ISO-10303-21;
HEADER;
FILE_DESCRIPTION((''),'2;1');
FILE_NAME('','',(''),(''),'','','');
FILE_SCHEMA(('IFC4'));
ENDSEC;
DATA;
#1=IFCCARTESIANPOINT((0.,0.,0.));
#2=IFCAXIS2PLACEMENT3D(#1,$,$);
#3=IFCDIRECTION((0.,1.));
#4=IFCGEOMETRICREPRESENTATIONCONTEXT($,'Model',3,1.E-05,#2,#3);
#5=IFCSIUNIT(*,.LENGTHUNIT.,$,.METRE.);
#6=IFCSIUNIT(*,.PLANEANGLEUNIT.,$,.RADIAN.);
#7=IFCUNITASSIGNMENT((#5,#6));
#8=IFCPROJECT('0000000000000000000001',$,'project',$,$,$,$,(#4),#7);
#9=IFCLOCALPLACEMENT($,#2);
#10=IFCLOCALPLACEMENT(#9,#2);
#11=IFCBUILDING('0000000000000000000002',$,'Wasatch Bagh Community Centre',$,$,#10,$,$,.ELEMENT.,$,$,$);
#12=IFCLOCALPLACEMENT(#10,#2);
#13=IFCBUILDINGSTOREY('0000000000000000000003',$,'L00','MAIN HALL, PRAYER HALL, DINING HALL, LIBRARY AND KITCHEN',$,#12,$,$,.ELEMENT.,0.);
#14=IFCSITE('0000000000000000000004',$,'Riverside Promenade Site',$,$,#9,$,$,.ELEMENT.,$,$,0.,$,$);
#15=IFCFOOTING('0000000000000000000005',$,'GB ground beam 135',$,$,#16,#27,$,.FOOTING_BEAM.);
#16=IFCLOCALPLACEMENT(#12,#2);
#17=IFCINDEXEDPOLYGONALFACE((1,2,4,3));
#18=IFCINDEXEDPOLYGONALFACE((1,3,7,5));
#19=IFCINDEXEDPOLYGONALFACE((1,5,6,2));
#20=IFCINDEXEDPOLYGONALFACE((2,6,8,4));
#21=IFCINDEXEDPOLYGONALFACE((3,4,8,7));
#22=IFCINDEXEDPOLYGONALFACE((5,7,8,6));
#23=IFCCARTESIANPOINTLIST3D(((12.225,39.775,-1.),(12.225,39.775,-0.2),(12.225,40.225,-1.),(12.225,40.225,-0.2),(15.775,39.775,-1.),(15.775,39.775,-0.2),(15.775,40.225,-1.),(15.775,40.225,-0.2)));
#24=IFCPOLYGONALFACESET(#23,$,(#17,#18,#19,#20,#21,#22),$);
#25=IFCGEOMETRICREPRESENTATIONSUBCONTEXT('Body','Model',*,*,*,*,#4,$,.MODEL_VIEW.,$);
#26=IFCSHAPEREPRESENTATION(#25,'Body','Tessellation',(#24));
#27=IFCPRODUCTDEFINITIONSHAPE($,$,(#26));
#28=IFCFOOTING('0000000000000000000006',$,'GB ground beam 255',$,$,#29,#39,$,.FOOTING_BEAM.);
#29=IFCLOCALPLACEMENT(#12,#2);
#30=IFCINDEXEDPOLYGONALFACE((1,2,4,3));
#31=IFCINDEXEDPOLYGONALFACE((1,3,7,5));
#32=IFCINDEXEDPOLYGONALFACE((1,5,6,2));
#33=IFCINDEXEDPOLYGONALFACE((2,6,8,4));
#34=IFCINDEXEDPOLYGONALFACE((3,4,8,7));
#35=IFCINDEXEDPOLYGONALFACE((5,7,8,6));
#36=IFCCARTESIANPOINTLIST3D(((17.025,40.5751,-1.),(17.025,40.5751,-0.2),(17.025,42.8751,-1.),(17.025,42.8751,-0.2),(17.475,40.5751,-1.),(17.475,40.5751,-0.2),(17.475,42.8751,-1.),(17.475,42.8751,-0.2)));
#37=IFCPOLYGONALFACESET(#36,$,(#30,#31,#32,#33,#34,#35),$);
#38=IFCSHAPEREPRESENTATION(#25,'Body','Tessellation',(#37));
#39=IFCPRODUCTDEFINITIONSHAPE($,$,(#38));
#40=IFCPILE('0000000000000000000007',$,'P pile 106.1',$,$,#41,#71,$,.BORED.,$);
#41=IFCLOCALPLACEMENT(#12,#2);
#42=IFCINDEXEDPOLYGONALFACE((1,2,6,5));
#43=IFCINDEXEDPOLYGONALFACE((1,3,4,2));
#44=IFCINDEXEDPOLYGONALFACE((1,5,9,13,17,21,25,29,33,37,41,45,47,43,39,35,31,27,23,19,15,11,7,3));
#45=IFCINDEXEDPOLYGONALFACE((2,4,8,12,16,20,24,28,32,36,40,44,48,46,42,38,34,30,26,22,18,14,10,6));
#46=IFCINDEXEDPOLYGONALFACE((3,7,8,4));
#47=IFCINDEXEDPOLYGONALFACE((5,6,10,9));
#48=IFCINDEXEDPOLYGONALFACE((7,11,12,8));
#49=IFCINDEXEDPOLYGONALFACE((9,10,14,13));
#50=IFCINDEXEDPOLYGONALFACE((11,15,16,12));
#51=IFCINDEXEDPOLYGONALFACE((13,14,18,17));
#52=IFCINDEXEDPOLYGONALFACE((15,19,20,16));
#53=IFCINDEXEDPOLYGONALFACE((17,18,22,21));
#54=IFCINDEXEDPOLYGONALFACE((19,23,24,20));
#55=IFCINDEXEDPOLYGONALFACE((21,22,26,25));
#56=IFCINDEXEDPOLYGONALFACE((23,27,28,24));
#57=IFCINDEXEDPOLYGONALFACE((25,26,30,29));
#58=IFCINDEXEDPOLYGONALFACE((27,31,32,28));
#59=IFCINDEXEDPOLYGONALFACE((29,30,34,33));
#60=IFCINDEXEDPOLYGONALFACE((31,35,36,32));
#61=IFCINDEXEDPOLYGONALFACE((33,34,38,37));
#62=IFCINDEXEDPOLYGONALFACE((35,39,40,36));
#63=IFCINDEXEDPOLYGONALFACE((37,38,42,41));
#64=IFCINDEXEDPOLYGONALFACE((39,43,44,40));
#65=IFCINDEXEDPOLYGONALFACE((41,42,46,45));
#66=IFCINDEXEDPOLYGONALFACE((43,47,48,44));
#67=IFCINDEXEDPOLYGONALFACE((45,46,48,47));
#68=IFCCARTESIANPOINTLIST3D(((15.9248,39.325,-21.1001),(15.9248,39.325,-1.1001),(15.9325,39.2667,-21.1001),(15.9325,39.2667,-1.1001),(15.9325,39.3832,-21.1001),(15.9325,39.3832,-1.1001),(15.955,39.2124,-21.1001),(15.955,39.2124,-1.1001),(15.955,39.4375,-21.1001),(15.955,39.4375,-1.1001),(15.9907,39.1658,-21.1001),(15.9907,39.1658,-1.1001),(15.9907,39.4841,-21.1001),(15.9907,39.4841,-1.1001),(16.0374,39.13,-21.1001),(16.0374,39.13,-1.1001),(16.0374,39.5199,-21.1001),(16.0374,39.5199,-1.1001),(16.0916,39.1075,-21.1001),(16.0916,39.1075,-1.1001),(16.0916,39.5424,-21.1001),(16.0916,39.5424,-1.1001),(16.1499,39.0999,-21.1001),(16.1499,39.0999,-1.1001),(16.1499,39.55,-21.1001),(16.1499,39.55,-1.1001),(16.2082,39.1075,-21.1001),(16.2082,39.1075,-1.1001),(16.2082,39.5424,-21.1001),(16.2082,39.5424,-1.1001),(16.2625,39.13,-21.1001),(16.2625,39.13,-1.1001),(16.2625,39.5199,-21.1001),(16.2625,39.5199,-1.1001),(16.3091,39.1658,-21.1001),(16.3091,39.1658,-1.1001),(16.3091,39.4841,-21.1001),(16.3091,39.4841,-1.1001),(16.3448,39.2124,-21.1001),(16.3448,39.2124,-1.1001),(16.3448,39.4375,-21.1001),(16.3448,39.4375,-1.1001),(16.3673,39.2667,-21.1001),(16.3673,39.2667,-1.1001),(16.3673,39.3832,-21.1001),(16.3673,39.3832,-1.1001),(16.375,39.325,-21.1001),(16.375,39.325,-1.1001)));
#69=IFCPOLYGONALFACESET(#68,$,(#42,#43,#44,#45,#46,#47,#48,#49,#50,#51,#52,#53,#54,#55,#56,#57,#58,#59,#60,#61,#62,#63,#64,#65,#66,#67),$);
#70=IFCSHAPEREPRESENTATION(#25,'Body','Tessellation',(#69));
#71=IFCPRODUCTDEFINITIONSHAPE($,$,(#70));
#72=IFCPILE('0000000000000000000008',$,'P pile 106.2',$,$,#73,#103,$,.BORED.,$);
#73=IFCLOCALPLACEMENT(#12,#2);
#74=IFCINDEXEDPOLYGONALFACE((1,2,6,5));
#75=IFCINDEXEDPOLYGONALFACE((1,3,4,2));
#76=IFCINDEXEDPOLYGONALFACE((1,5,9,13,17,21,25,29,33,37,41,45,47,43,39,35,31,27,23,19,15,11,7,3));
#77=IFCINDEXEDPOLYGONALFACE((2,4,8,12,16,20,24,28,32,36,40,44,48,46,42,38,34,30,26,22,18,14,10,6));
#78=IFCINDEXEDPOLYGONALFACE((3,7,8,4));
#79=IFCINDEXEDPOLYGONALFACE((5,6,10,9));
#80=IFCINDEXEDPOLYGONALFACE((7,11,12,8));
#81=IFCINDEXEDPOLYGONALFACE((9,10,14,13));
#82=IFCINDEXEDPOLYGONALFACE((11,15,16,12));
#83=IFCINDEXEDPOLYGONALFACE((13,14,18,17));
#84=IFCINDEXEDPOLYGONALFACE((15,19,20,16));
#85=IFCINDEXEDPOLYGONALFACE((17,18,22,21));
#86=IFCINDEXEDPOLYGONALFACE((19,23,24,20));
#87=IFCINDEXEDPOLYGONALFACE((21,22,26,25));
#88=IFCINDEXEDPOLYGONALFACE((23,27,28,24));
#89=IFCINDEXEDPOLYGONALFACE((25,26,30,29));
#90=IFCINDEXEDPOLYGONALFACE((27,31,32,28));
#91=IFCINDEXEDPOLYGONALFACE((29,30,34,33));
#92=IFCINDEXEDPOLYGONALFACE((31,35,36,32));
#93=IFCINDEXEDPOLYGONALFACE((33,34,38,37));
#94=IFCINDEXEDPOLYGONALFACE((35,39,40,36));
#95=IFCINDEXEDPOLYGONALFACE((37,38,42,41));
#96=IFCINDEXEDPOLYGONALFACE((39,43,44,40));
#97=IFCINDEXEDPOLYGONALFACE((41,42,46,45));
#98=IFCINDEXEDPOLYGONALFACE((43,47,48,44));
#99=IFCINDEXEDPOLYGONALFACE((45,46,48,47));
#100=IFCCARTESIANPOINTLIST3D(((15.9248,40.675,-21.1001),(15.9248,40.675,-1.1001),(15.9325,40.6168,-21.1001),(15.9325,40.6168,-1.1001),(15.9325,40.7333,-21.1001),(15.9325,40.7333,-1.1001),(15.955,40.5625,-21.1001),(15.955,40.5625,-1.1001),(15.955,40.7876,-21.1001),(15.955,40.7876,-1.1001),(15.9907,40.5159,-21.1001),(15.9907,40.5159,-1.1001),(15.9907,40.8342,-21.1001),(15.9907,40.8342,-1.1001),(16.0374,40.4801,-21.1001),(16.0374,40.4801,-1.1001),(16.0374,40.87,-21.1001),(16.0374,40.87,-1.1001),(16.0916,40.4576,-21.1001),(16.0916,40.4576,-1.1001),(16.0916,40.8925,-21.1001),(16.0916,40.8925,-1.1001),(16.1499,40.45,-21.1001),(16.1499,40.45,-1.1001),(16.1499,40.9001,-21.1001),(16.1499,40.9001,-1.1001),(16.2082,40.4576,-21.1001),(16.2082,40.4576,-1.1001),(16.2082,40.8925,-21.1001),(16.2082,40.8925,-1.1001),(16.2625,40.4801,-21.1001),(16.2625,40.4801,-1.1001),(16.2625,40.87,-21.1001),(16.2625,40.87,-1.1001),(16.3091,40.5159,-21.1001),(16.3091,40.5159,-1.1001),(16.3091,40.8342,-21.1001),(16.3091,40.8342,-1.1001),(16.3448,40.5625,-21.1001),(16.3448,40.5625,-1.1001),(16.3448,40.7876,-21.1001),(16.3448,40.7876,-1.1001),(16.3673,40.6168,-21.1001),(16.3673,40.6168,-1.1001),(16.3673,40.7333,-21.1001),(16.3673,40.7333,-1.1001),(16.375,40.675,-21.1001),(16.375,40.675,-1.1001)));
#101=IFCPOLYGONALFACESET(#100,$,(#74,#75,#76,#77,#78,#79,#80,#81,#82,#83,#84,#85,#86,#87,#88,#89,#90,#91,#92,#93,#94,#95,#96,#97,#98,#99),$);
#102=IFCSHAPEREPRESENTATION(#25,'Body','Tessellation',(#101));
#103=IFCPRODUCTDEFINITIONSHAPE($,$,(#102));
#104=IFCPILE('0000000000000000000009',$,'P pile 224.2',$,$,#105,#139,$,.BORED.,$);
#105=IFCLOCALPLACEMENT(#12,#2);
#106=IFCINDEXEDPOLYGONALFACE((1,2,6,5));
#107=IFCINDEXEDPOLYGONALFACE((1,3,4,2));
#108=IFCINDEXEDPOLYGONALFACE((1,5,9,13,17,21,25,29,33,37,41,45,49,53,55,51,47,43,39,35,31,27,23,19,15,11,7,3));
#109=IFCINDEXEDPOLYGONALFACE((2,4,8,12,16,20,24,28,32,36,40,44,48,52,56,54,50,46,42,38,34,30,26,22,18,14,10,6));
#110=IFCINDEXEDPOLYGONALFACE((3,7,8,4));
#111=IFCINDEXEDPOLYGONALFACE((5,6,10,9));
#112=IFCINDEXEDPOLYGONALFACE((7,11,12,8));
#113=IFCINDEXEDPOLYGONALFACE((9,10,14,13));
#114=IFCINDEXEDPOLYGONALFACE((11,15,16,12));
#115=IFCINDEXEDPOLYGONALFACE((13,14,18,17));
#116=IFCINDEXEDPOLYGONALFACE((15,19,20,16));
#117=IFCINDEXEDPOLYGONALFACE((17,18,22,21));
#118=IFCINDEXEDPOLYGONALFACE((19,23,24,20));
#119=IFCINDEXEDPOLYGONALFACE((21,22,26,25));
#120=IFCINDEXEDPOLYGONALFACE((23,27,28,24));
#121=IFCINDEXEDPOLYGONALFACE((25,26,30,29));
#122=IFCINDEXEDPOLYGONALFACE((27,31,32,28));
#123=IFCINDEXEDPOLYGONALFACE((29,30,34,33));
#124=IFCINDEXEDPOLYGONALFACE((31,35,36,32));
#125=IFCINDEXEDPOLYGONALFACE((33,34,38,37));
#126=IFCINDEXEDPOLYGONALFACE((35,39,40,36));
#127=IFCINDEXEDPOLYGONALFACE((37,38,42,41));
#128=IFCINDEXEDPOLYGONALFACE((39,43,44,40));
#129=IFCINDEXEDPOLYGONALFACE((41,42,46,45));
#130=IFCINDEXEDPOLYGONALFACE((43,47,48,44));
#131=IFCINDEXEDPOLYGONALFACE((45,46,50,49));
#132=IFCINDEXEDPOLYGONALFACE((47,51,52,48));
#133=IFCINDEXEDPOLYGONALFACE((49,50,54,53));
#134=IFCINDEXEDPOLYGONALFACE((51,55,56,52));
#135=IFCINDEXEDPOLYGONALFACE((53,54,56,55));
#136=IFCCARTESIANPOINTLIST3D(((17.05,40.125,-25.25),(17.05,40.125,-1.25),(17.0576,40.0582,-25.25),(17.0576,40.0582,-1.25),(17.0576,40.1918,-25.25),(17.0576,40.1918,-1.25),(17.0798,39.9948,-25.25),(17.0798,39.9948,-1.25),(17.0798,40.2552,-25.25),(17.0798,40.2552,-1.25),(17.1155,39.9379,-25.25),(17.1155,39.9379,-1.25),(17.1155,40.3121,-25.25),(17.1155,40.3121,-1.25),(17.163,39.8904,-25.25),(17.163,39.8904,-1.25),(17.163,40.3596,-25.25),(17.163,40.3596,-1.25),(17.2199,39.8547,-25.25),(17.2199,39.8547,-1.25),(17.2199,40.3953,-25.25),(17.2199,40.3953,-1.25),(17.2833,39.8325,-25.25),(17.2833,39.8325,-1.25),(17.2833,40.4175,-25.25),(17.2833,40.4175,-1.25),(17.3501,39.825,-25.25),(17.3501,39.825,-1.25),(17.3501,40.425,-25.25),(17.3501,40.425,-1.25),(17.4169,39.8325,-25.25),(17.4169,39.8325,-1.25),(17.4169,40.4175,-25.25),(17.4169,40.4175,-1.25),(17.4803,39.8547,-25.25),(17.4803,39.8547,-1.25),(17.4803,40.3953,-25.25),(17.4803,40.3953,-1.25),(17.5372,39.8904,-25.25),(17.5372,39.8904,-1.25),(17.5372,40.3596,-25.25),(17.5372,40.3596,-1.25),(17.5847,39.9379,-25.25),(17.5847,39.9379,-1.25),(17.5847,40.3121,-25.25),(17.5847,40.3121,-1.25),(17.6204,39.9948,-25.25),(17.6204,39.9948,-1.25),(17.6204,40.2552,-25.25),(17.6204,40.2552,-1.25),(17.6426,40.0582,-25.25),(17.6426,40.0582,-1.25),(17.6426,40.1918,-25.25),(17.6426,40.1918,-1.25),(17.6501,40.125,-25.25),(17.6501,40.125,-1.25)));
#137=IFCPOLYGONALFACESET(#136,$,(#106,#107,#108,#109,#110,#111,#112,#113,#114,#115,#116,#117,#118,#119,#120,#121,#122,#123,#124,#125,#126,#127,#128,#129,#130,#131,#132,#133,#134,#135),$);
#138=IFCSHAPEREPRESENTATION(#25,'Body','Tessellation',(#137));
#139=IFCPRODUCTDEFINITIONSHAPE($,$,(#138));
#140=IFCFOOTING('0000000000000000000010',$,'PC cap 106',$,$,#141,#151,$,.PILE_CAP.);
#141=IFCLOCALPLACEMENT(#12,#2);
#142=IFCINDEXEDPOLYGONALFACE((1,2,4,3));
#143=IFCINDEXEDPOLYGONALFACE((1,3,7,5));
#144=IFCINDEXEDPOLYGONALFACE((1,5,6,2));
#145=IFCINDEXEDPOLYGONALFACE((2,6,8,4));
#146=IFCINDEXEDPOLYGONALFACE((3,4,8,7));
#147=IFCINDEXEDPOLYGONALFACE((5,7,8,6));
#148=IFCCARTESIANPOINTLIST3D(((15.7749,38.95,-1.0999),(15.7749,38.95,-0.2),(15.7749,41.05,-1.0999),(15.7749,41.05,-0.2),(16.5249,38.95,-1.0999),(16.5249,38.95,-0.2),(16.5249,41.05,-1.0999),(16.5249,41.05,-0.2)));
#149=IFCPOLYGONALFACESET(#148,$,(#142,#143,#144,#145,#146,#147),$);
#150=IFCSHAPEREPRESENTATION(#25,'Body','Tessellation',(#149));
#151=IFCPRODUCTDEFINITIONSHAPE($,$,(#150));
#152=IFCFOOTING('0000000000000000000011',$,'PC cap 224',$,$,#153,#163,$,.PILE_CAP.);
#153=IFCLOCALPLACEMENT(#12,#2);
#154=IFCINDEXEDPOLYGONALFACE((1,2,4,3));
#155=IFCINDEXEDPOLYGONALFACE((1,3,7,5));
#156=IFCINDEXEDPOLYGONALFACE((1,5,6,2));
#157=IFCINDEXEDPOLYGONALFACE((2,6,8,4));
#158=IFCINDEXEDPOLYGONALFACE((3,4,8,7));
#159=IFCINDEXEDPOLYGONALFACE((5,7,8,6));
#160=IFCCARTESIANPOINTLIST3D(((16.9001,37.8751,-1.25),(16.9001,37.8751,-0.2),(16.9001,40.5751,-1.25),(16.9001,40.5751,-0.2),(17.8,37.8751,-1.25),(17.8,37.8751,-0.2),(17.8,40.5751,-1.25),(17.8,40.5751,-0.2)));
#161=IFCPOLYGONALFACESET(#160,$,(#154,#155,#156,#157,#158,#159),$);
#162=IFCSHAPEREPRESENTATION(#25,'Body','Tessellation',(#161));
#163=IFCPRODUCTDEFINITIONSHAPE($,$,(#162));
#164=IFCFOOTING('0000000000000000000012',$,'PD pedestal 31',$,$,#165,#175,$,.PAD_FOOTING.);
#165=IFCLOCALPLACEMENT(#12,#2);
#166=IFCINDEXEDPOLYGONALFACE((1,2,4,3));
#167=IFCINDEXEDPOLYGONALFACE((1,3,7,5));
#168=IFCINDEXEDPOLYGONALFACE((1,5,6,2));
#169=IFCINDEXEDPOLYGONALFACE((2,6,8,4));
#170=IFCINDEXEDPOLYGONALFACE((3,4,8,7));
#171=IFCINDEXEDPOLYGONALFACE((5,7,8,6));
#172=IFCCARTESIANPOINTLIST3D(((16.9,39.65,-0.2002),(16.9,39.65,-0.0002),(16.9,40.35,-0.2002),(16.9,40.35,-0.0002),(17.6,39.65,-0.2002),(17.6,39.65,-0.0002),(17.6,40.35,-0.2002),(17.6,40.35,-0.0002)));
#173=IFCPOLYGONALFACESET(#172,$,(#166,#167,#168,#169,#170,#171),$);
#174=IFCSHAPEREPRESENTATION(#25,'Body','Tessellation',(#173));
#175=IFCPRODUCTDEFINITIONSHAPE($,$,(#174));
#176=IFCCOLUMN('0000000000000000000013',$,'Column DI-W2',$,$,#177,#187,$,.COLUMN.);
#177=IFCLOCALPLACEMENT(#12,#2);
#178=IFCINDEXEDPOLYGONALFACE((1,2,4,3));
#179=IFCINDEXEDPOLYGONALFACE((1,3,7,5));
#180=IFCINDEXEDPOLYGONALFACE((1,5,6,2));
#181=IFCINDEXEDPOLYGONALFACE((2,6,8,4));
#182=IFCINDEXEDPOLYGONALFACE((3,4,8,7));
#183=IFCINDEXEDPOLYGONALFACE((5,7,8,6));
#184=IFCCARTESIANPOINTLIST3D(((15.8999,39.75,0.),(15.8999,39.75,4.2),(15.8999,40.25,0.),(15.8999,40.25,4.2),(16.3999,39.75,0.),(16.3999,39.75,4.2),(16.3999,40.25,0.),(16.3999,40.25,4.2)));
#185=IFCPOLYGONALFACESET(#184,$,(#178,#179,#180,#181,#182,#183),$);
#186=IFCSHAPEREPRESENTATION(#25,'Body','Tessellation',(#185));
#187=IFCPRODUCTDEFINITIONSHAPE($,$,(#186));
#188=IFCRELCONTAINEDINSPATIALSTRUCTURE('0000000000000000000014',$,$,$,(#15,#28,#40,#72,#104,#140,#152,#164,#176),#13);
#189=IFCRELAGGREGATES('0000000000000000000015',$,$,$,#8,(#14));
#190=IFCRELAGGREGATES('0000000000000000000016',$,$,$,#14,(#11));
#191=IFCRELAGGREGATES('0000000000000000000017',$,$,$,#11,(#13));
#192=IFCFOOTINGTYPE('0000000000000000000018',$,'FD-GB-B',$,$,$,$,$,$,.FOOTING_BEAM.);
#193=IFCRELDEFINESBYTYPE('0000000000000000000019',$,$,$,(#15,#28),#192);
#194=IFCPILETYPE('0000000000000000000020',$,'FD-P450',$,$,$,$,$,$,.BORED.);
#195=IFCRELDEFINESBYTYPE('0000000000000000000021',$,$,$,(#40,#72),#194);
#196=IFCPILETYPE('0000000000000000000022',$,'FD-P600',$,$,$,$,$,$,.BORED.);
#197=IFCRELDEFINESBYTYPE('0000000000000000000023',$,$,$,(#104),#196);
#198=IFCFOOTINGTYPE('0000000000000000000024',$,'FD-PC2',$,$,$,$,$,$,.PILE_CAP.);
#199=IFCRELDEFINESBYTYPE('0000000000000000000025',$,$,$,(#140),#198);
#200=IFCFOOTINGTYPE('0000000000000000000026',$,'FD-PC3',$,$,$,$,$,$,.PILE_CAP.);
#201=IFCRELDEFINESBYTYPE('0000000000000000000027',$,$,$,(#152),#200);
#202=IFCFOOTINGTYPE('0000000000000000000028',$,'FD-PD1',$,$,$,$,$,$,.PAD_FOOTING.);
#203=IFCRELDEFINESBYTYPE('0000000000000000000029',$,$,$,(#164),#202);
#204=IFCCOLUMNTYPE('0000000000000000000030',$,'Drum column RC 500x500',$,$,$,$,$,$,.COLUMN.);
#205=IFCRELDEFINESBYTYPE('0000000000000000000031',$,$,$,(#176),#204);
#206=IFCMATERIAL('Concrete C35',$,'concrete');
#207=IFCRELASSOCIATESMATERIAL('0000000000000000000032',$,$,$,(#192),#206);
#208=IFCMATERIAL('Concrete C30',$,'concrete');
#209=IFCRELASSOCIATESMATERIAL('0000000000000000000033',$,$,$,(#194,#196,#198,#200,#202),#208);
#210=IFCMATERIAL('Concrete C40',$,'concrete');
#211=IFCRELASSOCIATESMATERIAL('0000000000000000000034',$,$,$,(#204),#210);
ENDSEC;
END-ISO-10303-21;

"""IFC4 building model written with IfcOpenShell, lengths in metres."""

from ifc_helpers import new_model, si_unit, direction, frame, origin, origin_2d, place, context, subcontext, project, spatial, rectangle, circle, extrude, material, material_profile, profile_set, type_object, element, save


model = new_model("IFC4")

# Units and contexts
model_context = context("Model", 3, precision=1e-05, world=origin(), true_north=direction((0.0, 1.0)))
body_context = subcontext(model_context, "Body", "Model", "MODEL_VIEW")
ifc_project = project(units=[si_unit("LENGTHUNIT", "METRE"), si_unit("PLANEANGLEUNIT", "RADIAN")], contexts=[model_context])

# Site, building, storey
site_placement = place(None, origin())
site = spatial("IfcSite", under=ifc_project, at=site_placement, Name="Riverside Promenade Site", CompositionType="ELEMENT", RefElevation=0.0)
building_placement = place(site_placement, origin())
building = spatial("IfcBuilding", under=site, at=building_placement, Name="Wasatch Bagh Community Centre", CompositionType="ELEMENT")
storey_placement = place(building_placement, origin())
storey = spatial("IfcBuildingStorey", under=building, at=storey_placement, Name="L00", Description="MAIN HALL, PRAYER HALL, DINING HALL, LIBRARY AND KITCHEN", CompositionType="ELEMENT", Elevation=0.0)

# Footings
ifc_material_1 = material(Name="Concrete C35", Category="concrete")
footing_type_1 = type_object("IfcFootingType", Name="FD-GB-B", PredefinedType="FOOTING_BEAM", material=ifc_material_1)
footing_1_placement = place(storey_placement, frame((14.0, 40.0, -1.0), z_axis=(0.0, 0.0, 1.0), x_axis=(-1.0, 0.0, 0.0)))
element("IfcFooting", 1, at=footing_1_placement, inside=storey, type_object=footing_type_1, Name="GB ground beam 135", PredefinedType="FOOTING_BEAM", context=body_context, shape_type="SweptSolid", body=[
    extrude(rectangle(XDim=3.55, YDim=0.45, at=origin_2d()), origin(), (0.0, 0.0, 1.0), 0.8),
])
footing_2_placement = place(storey_placement, frame((17.25, 41.7251, -1.0), z_axis=(0.0, 0.0, 1.0), x_axis=(0.0, 1.0, 0.0)))
element("IfcFooting", 2, at=footing_2_placement, inside=storey, type_object=footing_type_1, Name="GB ground beam 255", PredefinedType="FOOTING_BEAM", context=body_context, shape_type="SweptSolid", body=[
    extrude(rectangle(XDim=2.3, YDim=0.45, at=origin_2d()), origin(), (0.0, 0.0, 1.0), 0.8),
])

# Piles
ifc_material_2 = material(Name="Concrete C30", Category="concrete")
ifc_material_profile_1 = material_profile(ifc_material_2, circle(Radius=0.2251, at=origin_2d()), Name="RC D450")
ifc_profile_set_1 = profile_set([ifc_material_profile_1], Name="Concrete C30")
pile_type_1 = type_object("IfcPileType", Name="FD-P450", PredefinedType="BORED", material=ifc_profile_set_1)
for number, where, z_axis, x_axis, name in (
    (3, (16.1499, 39.325, -1.1001), (0.0, 0.0, -1.0), (1.0, 0.0, 0.0), "P pile 106.1"),
    (4, (16.1499, 40.675, -1.1001), (0.0, 0.0, -1.0), (1.0, 0.0, 0.0), "P pile 106.2"),
):
    element("IfcPile", number, at=place(storey_placement, frame(where, z_axis=z_axis, x_axis=x_axis)), inside=storey, type_object=pile_type_1, Name=name, PredefinedType="BORED", context=body_context, shape_type="SweptSolid", body=[
        extrude(circle(Radius=0.2251, at=origin_2d()), origin(), (0.0, 0.0, 1.0), 20.0),
    ])
ifc_material_profile_2 = material_profile(ifc_material_2, circle(Radius=0.3, at=origin_2d()), Name="RC D600")
ifc_profile_set_2 = profile_set([ifc_material_profile_2], Name="Concrete C30")
pile_type_2 = type_object("IfcPileType", Name="FD-P600", PredefinedType="BORED", material=ifc_profile_set_2)
pile_placement = place(storey_placement, frame((17.3501, 40.125, -1.25), z_axis=(0.0, 0.0, -1.0), x_axis=(1.0, 0.0, 0.0)))
element("IfcPile", 5, at=pile_placement, inside=storey, type_object=pile_type_2, Name="P pile 224.2", PredefinedType="BORED", context=body_context, shape_type="SweptSolid", body=[
    extrude(circle(Radius=0.3, at=origin_2d()), origin(), (0.0, 0.0, 1.0), 24.0),
])

# Footings
footing_type_2 = type_object("IfcFootingType", Name="FD-PC2", PredefinedType="PILE_CAP", material=ifc_material_2)
footing_3_placement = place(storey_placement, frame((16.1499, 40.0, -1.0999), z_axis=(0.0, 0.0, 1.0), x_axis=(0.0, 1.0, 0.0)))
element("IfcFooting", 6, at=footing_3_placement, inside=storey, type_object=footing_type_2, Name="PC cap 106", PredefinedType="PILE_CAP", context=body_context, shape_type="SweptSolid", body=[
    extrude(rectangle(XDim=2.1001, YDim=0.75, at=origin_2d()), origin(), (0.0, 0.0, 1.0), 0.8999),
])
footing_type_3 = type_object("IfcFootingType", Name="FD-PC3", PredefinedType="PILE_CAP", material=ifc_material_2)
footing_4_placement = place(storey_placement, frame((17.3501, 39.2251, -1.25), z_axis=(0.0, 0.0, 1.0), x_axis=(0.0, 1.0, 0.0)))
element("IfcFooting", 7, at=footing_4_placement, inside=storey, type_object=footing_type_3, Name="PC cap 224", PredefinedType="PILE_CAP", context=body_context, shape_type="SweptSolid", body=[
    extrude(rectangle(XDim=2.7, YDim=0.8999, at=origin_2d()), origin(), (0.0, 0.0, 1.0), 1.05),
])
footing_type_4 = type_object("IfcFootingType", Name="FD-PD1", PredefinedType="PAD_FOOTING", material=ifc_material_2)
footing_5_placement = place(storey_placement, frame((17.25, 40.0, -0.2002), z_axis=(0.0, 0.0, 1.0), x_axis=(1.0, 0.0, 0.0)))
element("IfcFooting", 8, at=footing_5_placement, inside=storey, type_object=footing_type_4, Name="PD pedestal 31", PredefinedType="PAD_FOOTING", context=body_context, shape_type="SweptSolid", body=[
    extrude(rectangle(XDim=0.7, YDim=0.7, at=origin_2d()), origin(), (0.0, 0.0, 1.0), 0.2),
])

# Column
ifc_material_3 = material(Name="Concrete C40", Category="concrete")
ifc_material_profile_3 = material_profile(ifc_material_3, rectangle(XDim=0.5, YDim=0.5, at=origin_2d()), Name="RC 500x500")
ifc_profile_set_3 = profile_set([ifc_material_profile_3], Name="Concrete C40")
column_type_1 = type_object("IfcColumnType", Name="Drum column RC 500x500", PredefinedType="COLUMN", material=ifc_profile_set_3)
column_1_placement = place(storey_placement, frame((16.1499, 40.0, 0.0), z_axis=(0.0, 0.0, 1.0), x_axis=(1.0, 0.0, 0.0)))
element("IfcColumn", 9, at=column_1_placement, inside=storey, type_object=column_type_1, Name="Column DI-W2", PredefinedType="COLUMN", context=body_context, shape_type="SweptSolid", body=[
    extrude(rectangle(XDim=0.5, YDim=0.5, at=origin_2d()), origin(), (0.0, 0.0, 1.0), 4.2),
])

save(model, "model.ifc")
